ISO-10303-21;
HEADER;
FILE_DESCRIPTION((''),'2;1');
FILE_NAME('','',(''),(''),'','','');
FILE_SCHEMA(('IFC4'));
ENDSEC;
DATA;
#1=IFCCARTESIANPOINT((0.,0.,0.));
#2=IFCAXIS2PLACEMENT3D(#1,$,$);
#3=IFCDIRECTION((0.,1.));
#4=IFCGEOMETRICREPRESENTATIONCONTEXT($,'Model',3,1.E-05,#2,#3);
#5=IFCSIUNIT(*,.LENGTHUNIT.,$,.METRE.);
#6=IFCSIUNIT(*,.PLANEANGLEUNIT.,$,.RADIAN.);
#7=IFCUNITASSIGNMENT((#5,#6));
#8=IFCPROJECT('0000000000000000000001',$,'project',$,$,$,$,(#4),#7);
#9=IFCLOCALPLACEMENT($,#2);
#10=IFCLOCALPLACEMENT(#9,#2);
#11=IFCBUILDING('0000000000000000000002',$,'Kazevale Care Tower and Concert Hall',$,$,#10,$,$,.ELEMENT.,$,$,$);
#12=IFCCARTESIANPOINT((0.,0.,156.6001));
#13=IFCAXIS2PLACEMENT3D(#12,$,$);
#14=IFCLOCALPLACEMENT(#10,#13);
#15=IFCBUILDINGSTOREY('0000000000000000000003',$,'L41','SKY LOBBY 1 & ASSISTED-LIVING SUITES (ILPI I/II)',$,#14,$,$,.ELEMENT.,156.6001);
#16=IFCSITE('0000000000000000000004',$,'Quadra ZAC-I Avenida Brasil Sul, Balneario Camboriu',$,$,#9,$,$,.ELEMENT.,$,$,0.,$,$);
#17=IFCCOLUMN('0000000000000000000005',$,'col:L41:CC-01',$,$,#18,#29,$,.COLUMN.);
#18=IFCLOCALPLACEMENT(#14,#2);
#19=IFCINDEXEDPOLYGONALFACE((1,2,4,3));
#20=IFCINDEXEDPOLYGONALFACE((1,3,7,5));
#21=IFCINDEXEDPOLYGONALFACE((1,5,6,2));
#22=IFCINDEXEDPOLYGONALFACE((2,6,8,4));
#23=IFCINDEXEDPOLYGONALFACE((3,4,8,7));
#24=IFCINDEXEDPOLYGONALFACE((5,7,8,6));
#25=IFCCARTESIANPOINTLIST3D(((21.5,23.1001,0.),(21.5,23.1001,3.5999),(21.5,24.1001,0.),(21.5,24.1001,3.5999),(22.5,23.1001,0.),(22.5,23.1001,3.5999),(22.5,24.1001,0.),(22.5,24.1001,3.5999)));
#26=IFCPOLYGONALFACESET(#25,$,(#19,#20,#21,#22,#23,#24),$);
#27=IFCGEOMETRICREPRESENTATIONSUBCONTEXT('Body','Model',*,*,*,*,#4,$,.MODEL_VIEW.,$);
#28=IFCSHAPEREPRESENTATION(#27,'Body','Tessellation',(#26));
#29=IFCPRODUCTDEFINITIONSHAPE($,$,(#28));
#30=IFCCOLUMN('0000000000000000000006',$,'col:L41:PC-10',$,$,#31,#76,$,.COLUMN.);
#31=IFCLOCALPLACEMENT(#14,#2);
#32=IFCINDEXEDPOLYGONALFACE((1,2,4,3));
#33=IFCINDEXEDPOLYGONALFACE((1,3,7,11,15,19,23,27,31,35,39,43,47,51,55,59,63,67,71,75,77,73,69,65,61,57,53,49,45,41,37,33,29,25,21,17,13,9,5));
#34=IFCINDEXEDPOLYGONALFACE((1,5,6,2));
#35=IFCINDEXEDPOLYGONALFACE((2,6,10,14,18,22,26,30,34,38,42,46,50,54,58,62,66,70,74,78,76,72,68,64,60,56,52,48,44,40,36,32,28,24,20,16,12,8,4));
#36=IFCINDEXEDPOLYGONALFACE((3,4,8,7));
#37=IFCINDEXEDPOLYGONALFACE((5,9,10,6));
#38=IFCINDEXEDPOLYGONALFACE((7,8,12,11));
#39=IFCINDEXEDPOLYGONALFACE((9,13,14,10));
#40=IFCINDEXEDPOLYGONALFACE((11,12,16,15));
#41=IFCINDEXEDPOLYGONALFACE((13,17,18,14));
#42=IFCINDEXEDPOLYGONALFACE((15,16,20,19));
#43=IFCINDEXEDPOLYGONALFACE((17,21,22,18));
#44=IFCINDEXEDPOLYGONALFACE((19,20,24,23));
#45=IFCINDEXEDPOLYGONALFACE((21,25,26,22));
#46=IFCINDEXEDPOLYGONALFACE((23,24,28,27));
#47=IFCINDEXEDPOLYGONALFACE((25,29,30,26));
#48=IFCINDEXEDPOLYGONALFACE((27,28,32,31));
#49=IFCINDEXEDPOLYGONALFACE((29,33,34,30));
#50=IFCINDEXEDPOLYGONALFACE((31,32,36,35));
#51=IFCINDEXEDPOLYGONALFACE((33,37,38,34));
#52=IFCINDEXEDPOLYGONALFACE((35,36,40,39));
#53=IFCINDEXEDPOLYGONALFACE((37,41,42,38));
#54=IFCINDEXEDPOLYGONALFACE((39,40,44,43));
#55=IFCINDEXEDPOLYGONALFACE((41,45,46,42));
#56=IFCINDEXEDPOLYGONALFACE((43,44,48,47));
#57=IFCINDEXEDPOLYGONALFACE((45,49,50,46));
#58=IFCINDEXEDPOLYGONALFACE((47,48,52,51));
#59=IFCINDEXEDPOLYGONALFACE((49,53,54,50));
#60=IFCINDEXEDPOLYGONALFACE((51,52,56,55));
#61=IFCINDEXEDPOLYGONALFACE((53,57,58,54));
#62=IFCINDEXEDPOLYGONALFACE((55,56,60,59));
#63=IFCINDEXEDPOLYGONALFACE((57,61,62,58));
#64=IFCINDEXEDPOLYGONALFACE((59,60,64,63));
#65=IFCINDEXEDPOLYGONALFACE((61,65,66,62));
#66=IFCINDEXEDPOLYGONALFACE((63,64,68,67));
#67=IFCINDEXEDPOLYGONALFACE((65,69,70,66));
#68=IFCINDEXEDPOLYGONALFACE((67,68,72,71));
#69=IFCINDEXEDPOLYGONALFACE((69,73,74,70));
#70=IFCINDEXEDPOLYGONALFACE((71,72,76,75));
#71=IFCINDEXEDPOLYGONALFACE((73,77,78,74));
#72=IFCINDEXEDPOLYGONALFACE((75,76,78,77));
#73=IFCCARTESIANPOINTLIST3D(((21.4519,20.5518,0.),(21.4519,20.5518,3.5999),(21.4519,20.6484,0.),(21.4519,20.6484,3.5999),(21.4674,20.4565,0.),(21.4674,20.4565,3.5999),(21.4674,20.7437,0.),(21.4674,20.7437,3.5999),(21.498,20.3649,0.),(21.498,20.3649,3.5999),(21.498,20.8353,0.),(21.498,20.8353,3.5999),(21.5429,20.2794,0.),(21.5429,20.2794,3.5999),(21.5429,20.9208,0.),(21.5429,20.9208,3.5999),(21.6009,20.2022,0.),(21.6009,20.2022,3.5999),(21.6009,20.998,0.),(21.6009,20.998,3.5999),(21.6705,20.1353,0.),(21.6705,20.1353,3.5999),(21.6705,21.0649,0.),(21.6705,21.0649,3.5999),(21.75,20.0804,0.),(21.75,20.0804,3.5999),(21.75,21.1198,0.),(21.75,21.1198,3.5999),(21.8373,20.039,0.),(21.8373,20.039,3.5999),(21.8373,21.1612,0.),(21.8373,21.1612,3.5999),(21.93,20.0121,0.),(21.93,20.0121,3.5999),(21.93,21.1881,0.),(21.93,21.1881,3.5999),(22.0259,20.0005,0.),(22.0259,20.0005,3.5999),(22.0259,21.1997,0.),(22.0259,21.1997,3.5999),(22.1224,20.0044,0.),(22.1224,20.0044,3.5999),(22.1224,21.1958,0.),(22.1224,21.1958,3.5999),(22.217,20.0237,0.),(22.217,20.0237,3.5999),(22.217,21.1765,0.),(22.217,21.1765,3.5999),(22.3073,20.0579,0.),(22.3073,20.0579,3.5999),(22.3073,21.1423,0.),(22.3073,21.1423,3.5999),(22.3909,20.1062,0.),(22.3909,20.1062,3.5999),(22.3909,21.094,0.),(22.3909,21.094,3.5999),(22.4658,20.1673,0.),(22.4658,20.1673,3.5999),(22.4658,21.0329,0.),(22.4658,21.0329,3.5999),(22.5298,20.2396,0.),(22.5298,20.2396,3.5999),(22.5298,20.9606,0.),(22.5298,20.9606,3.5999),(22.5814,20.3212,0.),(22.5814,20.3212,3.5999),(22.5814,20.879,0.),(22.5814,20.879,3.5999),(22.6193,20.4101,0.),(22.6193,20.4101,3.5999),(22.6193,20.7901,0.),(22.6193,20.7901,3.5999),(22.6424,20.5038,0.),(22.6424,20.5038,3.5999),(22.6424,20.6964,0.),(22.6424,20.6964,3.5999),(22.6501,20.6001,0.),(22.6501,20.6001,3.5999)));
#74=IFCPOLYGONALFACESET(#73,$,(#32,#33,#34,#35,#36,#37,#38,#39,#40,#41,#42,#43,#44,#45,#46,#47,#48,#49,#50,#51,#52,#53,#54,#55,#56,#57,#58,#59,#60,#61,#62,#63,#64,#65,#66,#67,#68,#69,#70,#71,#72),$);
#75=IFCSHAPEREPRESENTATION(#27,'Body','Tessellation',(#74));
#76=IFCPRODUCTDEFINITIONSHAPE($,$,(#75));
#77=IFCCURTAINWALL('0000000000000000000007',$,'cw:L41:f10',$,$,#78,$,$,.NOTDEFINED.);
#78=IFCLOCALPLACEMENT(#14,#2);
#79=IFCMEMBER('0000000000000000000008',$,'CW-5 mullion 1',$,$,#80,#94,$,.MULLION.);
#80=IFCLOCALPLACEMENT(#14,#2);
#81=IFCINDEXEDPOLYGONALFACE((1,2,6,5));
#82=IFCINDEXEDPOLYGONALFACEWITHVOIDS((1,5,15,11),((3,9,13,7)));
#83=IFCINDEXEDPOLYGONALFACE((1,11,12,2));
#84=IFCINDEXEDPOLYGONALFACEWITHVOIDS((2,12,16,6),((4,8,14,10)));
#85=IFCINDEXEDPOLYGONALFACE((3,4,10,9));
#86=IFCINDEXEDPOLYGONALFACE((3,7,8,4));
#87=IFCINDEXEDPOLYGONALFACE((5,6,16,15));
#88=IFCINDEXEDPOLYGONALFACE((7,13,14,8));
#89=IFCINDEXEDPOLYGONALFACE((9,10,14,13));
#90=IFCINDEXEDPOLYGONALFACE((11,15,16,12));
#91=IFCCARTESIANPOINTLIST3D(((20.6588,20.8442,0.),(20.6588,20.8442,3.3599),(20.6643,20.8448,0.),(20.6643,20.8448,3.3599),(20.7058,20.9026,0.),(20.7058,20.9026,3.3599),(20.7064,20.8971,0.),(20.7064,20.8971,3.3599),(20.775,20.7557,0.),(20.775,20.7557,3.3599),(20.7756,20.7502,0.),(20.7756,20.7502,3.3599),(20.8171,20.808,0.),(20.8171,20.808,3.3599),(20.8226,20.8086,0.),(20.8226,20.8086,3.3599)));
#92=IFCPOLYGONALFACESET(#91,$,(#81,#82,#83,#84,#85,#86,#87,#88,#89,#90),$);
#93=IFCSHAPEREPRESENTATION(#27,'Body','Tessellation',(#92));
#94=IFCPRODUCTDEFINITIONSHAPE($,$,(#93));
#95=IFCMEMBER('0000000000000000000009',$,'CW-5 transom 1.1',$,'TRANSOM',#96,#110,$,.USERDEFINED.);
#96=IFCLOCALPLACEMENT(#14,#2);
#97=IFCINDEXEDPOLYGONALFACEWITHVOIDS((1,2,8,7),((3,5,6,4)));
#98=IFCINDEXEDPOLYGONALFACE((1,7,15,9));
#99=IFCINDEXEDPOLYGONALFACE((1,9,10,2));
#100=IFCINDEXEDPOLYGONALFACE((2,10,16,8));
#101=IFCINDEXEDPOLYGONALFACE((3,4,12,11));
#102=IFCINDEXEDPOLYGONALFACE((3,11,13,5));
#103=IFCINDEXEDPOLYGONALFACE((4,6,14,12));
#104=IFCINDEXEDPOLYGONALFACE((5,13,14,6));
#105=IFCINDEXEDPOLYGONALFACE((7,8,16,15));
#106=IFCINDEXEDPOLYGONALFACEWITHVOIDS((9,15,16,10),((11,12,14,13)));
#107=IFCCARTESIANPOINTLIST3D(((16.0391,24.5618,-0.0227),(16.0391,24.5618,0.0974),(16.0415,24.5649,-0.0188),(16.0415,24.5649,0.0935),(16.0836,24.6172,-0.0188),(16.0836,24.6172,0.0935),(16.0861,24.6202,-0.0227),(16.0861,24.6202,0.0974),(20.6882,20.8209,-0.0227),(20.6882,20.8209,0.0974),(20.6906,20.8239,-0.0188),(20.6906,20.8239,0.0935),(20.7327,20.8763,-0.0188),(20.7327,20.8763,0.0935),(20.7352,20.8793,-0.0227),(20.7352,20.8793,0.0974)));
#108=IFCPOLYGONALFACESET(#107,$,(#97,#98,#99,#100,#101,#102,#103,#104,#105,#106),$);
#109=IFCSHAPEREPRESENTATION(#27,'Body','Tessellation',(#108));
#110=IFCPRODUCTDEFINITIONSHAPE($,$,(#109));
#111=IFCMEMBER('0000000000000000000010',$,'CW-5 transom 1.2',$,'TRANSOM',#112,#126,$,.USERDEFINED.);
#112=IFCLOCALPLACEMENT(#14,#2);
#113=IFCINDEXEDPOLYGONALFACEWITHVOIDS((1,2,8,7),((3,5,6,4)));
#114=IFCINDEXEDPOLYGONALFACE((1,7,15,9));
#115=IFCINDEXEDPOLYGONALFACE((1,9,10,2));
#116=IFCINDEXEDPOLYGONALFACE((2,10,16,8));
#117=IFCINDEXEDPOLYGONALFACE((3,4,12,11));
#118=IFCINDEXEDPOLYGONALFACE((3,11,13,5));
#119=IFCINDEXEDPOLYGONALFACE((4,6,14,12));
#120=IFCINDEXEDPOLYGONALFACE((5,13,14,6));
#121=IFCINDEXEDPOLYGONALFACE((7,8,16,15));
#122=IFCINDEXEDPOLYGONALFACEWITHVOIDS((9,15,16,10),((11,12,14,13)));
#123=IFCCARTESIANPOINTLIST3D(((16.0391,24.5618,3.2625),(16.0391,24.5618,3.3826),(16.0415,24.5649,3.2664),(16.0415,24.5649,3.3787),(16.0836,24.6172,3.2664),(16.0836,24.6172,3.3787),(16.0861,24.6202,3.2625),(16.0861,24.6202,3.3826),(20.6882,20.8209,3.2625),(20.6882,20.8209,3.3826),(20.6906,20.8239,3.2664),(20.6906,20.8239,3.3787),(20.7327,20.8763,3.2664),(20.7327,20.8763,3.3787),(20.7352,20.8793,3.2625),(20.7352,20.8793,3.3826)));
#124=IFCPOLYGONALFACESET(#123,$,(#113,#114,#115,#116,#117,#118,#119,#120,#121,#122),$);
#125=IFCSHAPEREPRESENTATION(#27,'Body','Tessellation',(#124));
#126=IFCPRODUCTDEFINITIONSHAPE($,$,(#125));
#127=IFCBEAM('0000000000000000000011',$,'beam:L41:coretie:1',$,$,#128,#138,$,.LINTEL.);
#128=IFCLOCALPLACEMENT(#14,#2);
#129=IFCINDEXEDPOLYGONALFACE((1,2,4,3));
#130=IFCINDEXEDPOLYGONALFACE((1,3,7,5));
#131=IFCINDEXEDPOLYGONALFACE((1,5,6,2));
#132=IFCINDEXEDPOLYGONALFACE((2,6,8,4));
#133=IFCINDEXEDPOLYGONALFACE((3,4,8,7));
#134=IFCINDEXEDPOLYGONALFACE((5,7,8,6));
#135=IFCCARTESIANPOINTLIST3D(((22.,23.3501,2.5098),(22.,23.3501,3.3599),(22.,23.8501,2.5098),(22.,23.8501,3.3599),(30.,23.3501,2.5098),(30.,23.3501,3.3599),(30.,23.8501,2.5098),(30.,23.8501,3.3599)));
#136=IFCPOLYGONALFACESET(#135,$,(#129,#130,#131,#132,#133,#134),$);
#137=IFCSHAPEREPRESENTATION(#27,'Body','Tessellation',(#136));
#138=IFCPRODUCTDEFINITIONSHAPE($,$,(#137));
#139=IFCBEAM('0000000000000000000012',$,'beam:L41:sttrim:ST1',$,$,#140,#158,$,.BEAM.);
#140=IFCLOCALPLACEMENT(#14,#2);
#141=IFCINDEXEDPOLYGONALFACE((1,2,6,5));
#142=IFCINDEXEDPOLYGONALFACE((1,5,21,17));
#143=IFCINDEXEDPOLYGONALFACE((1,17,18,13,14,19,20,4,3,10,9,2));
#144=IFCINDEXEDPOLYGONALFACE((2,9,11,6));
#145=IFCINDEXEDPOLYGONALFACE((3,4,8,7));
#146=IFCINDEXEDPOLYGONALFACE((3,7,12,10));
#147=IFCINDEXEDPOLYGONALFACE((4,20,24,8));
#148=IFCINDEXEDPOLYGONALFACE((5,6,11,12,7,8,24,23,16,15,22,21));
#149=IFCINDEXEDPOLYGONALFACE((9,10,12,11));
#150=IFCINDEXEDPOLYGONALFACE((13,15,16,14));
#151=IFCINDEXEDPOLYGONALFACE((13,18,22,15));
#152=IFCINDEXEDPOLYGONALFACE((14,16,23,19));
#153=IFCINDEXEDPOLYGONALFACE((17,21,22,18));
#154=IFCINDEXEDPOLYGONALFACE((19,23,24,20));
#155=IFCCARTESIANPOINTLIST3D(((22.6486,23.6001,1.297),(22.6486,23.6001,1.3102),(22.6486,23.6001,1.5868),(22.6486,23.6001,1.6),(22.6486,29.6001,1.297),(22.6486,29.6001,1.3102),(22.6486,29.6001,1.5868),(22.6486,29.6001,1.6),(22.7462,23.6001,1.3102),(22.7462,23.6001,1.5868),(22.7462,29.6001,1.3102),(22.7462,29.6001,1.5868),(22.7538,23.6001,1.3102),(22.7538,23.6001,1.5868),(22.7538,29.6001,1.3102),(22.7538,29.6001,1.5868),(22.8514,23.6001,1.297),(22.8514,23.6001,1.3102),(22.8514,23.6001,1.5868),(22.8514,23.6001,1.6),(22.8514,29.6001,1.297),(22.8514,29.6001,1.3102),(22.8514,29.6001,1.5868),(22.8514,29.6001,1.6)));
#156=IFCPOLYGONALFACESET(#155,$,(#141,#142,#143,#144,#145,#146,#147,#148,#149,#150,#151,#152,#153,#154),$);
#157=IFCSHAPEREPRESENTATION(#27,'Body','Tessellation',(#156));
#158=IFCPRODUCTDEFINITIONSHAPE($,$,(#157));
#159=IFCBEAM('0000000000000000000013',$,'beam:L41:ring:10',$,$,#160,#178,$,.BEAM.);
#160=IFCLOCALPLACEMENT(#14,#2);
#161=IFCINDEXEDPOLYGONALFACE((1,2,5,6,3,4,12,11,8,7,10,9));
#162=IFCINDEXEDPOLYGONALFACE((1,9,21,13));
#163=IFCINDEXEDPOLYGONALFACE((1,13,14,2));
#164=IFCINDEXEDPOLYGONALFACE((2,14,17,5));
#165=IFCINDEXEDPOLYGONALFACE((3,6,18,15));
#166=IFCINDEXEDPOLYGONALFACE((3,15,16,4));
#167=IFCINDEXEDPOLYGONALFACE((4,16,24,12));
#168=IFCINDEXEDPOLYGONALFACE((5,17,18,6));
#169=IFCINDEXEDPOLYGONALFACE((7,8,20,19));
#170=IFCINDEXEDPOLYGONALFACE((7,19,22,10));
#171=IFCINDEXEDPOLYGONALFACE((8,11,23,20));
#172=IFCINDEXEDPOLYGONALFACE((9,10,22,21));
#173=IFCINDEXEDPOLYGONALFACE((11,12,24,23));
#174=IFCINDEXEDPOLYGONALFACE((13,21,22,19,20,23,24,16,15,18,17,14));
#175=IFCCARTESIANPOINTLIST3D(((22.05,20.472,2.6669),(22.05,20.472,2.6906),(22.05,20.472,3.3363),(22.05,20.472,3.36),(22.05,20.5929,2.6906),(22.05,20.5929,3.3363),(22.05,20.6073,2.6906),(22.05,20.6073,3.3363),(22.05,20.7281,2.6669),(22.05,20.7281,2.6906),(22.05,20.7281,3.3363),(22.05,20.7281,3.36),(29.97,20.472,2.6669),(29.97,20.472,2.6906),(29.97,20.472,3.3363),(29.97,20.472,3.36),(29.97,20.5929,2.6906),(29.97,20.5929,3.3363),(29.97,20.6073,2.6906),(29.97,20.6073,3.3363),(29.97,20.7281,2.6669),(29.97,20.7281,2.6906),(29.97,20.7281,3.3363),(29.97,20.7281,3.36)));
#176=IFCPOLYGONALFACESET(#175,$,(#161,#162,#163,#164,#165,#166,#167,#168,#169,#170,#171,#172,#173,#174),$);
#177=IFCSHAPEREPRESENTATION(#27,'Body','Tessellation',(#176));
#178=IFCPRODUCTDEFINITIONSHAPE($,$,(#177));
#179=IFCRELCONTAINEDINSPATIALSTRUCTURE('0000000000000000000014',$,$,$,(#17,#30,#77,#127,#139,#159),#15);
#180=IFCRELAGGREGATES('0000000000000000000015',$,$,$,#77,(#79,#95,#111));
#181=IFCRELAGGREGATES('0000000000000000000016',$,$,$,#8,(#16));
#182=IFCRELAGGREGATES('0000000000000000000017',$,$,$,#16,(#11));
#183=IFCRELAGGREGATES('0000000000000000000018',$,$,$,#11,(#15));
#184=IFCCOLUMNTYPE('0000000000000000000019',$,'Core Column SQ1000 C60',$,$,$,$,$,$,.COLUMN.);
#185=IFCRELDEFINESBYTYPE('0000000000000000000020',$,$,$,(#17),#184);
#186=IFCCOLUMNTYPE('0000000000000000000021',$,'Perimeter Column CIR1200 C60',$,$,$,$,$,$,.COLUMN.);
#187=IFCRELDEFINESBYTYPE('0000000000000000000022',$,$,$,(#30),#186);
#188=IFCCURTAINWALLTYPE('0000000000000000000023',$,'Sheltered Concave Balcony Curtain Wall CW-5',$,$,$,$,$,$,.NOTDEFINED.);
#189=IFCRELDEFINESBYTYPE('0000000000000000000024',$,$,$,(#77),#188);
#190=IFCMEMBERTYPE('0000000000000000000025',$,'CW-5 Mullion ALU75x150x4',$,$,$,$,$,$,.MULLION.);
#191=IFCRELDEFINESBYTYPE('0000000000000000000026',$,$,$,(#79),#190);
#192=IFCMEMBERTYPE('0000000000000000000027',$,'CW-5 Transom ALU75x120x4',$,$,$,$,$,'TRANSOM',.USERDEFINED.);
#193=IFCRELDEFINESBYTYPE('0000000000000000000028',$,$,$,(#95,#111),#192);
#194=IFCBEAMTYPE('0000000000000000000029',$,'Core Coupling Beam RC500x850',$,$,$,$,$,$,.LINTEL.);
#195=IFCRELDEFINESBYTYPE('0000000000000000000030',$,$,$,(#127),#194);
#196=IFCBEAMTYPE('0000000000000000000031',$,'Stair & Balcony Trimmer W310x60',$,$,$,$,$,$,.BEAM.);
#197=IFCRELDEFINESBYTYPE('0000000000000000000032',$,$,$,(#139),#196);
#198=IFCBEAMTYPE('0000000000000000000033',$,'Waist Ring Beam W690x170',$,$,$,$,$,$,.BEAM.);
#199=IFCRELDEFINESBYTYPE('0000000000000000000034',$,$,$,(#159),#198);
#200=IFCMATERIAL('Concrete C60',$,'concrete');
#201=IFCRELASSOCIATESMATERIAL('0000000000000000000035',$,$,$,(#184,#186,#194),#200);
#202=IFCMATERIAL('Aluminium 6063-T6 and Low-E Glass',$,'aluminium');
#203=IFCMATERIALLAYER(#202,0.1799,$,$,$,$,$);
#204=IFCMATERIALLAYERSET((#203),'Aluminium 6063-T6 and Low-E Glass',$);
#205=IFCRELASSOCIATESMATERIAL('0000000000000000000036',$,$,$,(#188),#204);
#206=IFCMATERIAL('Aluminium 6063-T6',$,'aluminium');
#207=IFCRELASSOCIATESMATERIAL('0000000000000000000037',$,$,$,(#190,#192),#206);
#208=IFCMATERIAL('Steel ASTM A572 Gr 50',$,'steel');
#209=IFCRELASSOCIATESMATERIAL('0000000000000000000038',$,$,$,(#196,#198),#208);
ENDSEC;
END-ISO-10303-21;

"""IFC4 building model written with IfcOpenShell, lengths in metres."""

from ifc_helpers import new_model, si_unit, direction, frame, origin, origin_2d, place, context, subcontext, project, spatial, rectangle, hollow_rectangle, circle, i_section, extrude, material, layer, layer_set, material_profile, profile_set, type_object, element, aggregate, save


model = new_model("IFC4")

# Units and contexts
model_context = context("Model", 3, precision=1e-05, world=origin(), true_north=direction((0.0, 1.0)))
body_context = subcontext(model_context, "Body", "Model", "MODEL_VIEW")
ifc_project = project(units=[si_unit("LENGTHUNIT", "METRE"), si_unit("PLANEANGLEUNIT", "RADIAN")], contexts=[model_context])

# Site, building, storey
site_placement = place(None, origin())
site = spatial("IfcSite", under=ifc_project, at=site_placement, Name="Quadra ZAC-I Avenida Brasil Sul, Balneario Camboriu", CompositionType="ELEMENT", RefElevation=0.0)
building_placement = place(site_placement, origin())
building = spatial("IfcBuilding", under=site, at=building_placement, Name="Kazevale Care Tower and Concert Hall", CompositionType="ELEMENT")
storey_placement = place(building_placement, frame((0.0, 0.0, 156.6001)))
storey = spatial("IfcBuildingStorey", under=building, at=storey_placement, Name="L41", Description="SKY LOBBY 1 & ASSISTED-LIVING SUITES (ILPI I/II)", CompositionType="ELEMENT", Elevation=156.6001)

# Columns
ifc_material_1 = material(Name="Concrete C60", Category="concrete")
ifc_material_profile_1 = material_profile(ifc_material_1, rectangle(XDim=1.0, YDim=1.0, at=origin_2d()), Name="RC-SQ1000")
ifc_profile_set_1 = profile_set([ifc_material_profile_1], Name="Concrete C60")
column_type_1 = type_object("IfcColumnType", Name="Core Column SQ1000 C60", PredefinedType="COLUMN", material=ifc_profile_set_1)
column_1_placement = place(storey_placement, frame((22.0, 23.6001, 0.0), z_axis=(0.0, 0.0, 1.0), x_axis=(1.0, 0.0, 0.0)))
element("IfcColumn", 1, at=column_1_placement, inside=storey, type_object=column_type_1, Name="col:L41:CC-01", PredefinedType="COLUMN", context=body_context, shape_type="SweptSolid", body=[
    extrude(rectangle(XDim=1.0, YDim=1.0, at=origin_2d()), origin(), (0.0, 0.0, 1.0), 3.5999),
])
ifc_material_profile_2 = material_profile(ifc_material_1, circle(Radius=0.6001, at=origin_2d()), Name="RC-CIR1200")
ifc_profile_set_2 = profile_set([ifc_material_profile_2], Name="Concrete C60")
column_type_2 = type_object("IfcColumnType", Name="Perimeter Column CIR1200 C60", PredefinedType="COLUMN", material=ifc_profile_set_2)
column_2_placement = place(storey_placement, frame((22.05, 20.6001, 0.0), z_axis=(0.0, 0.0, 1.0), x_axis=(1.0, 0.0, 0.0)))
element("IfcColumn", 2, at=column_2_placement, inside=storey, type_object=column_type_2, Name="col:L41:PC-10", PredefinedType="COLUMN", context=body_context, shape_type="SweptSolid", body=[
    extrude(circle(Radius=0.6001, at=origin_2d()), origin(), (0.0, 0.0, 1.0), 3.5999),
])

# Curtain wall, members
ifc_material_2 = material(Name="Aluminium 6063-T6 and Low-E Glass", Category="aluminium")
ifc_layer_1 = layer(ifc_material_2, 0.1799)
ifc_layer_set_1 = layer_set([ifc_layer_1], Name="Aluminium 6063-T6 and Low-E Glass")
curtain_wall_type = type_object("IfcCurtainWallType", Name="Sheltered Concave Balcony Curtain Wall CW-5", PredefinedType="NOTDEFINED", material=ifc_layer_set_1)
curtain_wall_placement = place(storey_placement, origin())
curtain_wall = element("IfcCurtainWall", 3, at=curtain_wall_placement, inside=storey, type_object=curtain_wall_type, Name="cw:L41:f10", PredefinedType="NOTDEFINED")
ifc_material_3 = material(Name="Aluminium 6063-T6", Category="aluminium")
ifc_material_profile_3 = material_profile(ifc_material_3, hollow_rectangle(XDim=0.075, YDim=0.1499, WallThickness=0.0039, at=origin_2d()), Name="ALU75x150x4")
ifc_profile_set_3 = profile_set([ifc_material_profile_3], Name="Aluminium 6063-T6")
member_type_1 = type_object("IfcMemberType", Name="CW-5 Mullion ALU75x150x4", PredefinedType="MULLION", material=ifc_profile_set_3)
member_1_placement = place(storey_placement, frame((20.7407, 20.8264, 0.0), z_axis=(0.0, 0.0, 1.0), x_axis=(-0.626905, -0.779095, 0.0)))
member_1 = element("IfcMember", 4, at=member_1_placement, type_object=member_type_1, Name="CW-5 mullion 1", PredefinedType="MULLION", context=body_context, shape_type="SweptSolid", body=[
    extrude(hollow_rectangle(XDim=0.075, YDim=0.1499, WallThickness=0.0039, at=origin_2d()), origin(), (0.0, 0.0, 1.0), 3.3599),
])
ifc_material_profile_4 = material_profile(ifc_material_3, hollow_rectangle(XDim=0.075, YDim=0.1201, WallThickness=0.0039, at=origin_2d()), Name="ALU75x120x4")
ifc_profile_set_4 = profile_set([ifc_material_profile_4], Name="Aluminium 6063-T6")
member_type_2 = type_object("IfcMemberType", Name="CW-5 Transom ALU75x120x4", ElementType="TRANSOM", PredefinedType="USERDEFINED", material=ifc_profile_set_4)
member_2_placement = place(storey_placement, frame((20.7117, 20.8501, 0.0374), z_axis=(-0.779097, 0.626903, 0.0), x_axis=(-0.626903, -0.779097, 0.0)))
member_2 = element("IfcMember", 5, at=member_2_placement, type_object=member_type_2, Name="CW-5 transom 1.1", ObjectType="TRANSOM", PredefinedType="USERDEFINED", context=body_context, shape_type="SweptSolid", body=[
    extrude(hollow_rectangle(XDim=0.075, YDim=0.1201, WallThickness=0.0039, at=origin_2d()), origin(), (0.0, 0.0, 1.0), 5.9673),
])
member_3_placement = place(storey_placement, frame((20.7117, 20.8501, 3.3225), z_axis=(-0.779097, 0.626903, 0.0), x_axis=(-0.626903, -0.779097, 0.0)))
member_3 = element("IfcMember", 6, at=member_3_placement, type_object=member_type_2, Name="CW-5 transom 1.2", ObjectType="TRANSOM", PredefinedType="USERDEFINED", context=body_context, shape_type="SweptSolid", body=[
    extrude(hollow_rectangle(XDim=0.075, YDim=0.1201, WallThickness=0.0039, at=origin_2d()), origin(), (0.0, 0.0, 1.0), 5.9673),
])

# Beams
ifc_material_profile_5 = material_profile(ifc_material_1, rectangle(XDim=0.5, YDim=0.8501, at=origin_2d()), Name="RC-B500x850")
ifc_profile_set_5 = profile_set([ifc_material_profile_5], Name="Concrete C60")
beam_type_1 = type_object("IfcBeamType", Name="Core Coupling Beam RC500x850", PredefinedType="LINTEL", material=ifc_profile_set_5)
beam_1_placement = place(storey_placement, frame((22.0, 23.6001, 2.9348), z_axis=(1.0, 0.0, 0.0), x_axis=(0.0, 1.0, 0.0)))
element("IfcBeam", 7, at=beam_1_placement, inside=storey, type_object=beam_type_1, Name="beam:L41:coretie:1", PredefinedType="LINTEL", context=body_context, shape_type="SweptSolid", body=[
    extrude(rectangle(XDim=0.5, YDim=0.8501, at=origin_2d()), origin(), (0.0, 0.0, 1.0), 8.0),
])
ifc_material_4 = material(Name="Steel ASTM A572 Gr 50", Category="steel")
ifc_material_profile_6 = material_profile(ifc_material_4, i_section(OverallWidth=0.2029, OverallDepth=0.303, WebThickness=0.0076, FlangeThickness=0.0132, at=origin_2d()), Name="W310x60")
ifc_profile_set_6 = profile_set([ifc_material_profile_6], Name="Steel ASTM A572 Gr 50")
beam_type_2 = type_object("IfcBeamType", Name="Stair & Balcony Trimmer W310x60", PredefinedType="BEAM", material=ifc_profile_set_6)
beam_2_placement = place(storey_placement, frame((22.75, 23.6001, 1.4485), z_axis=(0.0, 1.0, 0.0), x_axis=(-1.0, 0.0, 0.0)))
element("IfcBeam", 8, at=beam_2_placement, inside=storey, type_object=beam_type_2, Name="beam:L41:sttrim:ST1", PredefinedType="BEAM", context=body_context, shape_type="SweptSolid", body=[
    extrude(i_section(OverallWidth=0.2029, OverallDepth=0.303, WebThickness=0.0076, FlangeThickness=0.0132, at=origin_2d()), origin(), (0.0, 0.0, 1.0), 6.0),
])
ifc_material_profile_7 = material_profile(ifc_material_4, i_section(OverallWidth=0.2561, OverallDepth=0.6931, WebThickness=0.0144, FlangeThickness=0.0237, at=origin_2d()), Name="W690x170")
ifc_profile_set_7 = profile_set([ifc_material_profile_7], Name="Steel ASTM A572 Gr 50")
beam_type_3 = type_object("IfcBeamType", Name="Waist Ring Beam W690x170", PredefinedType="BEAM", material=ifc_profile_set_7)
beam_3_placement = place(storey_placement, frame((22.05, 20.6001, 3.0134), z_axis=(1.0, 0.0, 0.0), x_axis=(0.0, 1.0, 0.0)))
element("IfcBeam", 9, at=beam_3_placement, inside=storey, type_object=beam_type_3, Name="beam:L41:ring:10", PredefinedType="BEAM", context=body_context, shape_type="SweptSolid", body=[
    extrude(i_section(OverallWidth=0.2561, OverallDepth=0.6931, WebThickness=0.0144, FlangeThickness=0.0237, at=origin_2d()), origin(), (0.0, 0.0, 1.0), 7.9199),
])

aggregate(curtain_wall, [member_1, member_2, member_3])

save(model, "model.ifc")
